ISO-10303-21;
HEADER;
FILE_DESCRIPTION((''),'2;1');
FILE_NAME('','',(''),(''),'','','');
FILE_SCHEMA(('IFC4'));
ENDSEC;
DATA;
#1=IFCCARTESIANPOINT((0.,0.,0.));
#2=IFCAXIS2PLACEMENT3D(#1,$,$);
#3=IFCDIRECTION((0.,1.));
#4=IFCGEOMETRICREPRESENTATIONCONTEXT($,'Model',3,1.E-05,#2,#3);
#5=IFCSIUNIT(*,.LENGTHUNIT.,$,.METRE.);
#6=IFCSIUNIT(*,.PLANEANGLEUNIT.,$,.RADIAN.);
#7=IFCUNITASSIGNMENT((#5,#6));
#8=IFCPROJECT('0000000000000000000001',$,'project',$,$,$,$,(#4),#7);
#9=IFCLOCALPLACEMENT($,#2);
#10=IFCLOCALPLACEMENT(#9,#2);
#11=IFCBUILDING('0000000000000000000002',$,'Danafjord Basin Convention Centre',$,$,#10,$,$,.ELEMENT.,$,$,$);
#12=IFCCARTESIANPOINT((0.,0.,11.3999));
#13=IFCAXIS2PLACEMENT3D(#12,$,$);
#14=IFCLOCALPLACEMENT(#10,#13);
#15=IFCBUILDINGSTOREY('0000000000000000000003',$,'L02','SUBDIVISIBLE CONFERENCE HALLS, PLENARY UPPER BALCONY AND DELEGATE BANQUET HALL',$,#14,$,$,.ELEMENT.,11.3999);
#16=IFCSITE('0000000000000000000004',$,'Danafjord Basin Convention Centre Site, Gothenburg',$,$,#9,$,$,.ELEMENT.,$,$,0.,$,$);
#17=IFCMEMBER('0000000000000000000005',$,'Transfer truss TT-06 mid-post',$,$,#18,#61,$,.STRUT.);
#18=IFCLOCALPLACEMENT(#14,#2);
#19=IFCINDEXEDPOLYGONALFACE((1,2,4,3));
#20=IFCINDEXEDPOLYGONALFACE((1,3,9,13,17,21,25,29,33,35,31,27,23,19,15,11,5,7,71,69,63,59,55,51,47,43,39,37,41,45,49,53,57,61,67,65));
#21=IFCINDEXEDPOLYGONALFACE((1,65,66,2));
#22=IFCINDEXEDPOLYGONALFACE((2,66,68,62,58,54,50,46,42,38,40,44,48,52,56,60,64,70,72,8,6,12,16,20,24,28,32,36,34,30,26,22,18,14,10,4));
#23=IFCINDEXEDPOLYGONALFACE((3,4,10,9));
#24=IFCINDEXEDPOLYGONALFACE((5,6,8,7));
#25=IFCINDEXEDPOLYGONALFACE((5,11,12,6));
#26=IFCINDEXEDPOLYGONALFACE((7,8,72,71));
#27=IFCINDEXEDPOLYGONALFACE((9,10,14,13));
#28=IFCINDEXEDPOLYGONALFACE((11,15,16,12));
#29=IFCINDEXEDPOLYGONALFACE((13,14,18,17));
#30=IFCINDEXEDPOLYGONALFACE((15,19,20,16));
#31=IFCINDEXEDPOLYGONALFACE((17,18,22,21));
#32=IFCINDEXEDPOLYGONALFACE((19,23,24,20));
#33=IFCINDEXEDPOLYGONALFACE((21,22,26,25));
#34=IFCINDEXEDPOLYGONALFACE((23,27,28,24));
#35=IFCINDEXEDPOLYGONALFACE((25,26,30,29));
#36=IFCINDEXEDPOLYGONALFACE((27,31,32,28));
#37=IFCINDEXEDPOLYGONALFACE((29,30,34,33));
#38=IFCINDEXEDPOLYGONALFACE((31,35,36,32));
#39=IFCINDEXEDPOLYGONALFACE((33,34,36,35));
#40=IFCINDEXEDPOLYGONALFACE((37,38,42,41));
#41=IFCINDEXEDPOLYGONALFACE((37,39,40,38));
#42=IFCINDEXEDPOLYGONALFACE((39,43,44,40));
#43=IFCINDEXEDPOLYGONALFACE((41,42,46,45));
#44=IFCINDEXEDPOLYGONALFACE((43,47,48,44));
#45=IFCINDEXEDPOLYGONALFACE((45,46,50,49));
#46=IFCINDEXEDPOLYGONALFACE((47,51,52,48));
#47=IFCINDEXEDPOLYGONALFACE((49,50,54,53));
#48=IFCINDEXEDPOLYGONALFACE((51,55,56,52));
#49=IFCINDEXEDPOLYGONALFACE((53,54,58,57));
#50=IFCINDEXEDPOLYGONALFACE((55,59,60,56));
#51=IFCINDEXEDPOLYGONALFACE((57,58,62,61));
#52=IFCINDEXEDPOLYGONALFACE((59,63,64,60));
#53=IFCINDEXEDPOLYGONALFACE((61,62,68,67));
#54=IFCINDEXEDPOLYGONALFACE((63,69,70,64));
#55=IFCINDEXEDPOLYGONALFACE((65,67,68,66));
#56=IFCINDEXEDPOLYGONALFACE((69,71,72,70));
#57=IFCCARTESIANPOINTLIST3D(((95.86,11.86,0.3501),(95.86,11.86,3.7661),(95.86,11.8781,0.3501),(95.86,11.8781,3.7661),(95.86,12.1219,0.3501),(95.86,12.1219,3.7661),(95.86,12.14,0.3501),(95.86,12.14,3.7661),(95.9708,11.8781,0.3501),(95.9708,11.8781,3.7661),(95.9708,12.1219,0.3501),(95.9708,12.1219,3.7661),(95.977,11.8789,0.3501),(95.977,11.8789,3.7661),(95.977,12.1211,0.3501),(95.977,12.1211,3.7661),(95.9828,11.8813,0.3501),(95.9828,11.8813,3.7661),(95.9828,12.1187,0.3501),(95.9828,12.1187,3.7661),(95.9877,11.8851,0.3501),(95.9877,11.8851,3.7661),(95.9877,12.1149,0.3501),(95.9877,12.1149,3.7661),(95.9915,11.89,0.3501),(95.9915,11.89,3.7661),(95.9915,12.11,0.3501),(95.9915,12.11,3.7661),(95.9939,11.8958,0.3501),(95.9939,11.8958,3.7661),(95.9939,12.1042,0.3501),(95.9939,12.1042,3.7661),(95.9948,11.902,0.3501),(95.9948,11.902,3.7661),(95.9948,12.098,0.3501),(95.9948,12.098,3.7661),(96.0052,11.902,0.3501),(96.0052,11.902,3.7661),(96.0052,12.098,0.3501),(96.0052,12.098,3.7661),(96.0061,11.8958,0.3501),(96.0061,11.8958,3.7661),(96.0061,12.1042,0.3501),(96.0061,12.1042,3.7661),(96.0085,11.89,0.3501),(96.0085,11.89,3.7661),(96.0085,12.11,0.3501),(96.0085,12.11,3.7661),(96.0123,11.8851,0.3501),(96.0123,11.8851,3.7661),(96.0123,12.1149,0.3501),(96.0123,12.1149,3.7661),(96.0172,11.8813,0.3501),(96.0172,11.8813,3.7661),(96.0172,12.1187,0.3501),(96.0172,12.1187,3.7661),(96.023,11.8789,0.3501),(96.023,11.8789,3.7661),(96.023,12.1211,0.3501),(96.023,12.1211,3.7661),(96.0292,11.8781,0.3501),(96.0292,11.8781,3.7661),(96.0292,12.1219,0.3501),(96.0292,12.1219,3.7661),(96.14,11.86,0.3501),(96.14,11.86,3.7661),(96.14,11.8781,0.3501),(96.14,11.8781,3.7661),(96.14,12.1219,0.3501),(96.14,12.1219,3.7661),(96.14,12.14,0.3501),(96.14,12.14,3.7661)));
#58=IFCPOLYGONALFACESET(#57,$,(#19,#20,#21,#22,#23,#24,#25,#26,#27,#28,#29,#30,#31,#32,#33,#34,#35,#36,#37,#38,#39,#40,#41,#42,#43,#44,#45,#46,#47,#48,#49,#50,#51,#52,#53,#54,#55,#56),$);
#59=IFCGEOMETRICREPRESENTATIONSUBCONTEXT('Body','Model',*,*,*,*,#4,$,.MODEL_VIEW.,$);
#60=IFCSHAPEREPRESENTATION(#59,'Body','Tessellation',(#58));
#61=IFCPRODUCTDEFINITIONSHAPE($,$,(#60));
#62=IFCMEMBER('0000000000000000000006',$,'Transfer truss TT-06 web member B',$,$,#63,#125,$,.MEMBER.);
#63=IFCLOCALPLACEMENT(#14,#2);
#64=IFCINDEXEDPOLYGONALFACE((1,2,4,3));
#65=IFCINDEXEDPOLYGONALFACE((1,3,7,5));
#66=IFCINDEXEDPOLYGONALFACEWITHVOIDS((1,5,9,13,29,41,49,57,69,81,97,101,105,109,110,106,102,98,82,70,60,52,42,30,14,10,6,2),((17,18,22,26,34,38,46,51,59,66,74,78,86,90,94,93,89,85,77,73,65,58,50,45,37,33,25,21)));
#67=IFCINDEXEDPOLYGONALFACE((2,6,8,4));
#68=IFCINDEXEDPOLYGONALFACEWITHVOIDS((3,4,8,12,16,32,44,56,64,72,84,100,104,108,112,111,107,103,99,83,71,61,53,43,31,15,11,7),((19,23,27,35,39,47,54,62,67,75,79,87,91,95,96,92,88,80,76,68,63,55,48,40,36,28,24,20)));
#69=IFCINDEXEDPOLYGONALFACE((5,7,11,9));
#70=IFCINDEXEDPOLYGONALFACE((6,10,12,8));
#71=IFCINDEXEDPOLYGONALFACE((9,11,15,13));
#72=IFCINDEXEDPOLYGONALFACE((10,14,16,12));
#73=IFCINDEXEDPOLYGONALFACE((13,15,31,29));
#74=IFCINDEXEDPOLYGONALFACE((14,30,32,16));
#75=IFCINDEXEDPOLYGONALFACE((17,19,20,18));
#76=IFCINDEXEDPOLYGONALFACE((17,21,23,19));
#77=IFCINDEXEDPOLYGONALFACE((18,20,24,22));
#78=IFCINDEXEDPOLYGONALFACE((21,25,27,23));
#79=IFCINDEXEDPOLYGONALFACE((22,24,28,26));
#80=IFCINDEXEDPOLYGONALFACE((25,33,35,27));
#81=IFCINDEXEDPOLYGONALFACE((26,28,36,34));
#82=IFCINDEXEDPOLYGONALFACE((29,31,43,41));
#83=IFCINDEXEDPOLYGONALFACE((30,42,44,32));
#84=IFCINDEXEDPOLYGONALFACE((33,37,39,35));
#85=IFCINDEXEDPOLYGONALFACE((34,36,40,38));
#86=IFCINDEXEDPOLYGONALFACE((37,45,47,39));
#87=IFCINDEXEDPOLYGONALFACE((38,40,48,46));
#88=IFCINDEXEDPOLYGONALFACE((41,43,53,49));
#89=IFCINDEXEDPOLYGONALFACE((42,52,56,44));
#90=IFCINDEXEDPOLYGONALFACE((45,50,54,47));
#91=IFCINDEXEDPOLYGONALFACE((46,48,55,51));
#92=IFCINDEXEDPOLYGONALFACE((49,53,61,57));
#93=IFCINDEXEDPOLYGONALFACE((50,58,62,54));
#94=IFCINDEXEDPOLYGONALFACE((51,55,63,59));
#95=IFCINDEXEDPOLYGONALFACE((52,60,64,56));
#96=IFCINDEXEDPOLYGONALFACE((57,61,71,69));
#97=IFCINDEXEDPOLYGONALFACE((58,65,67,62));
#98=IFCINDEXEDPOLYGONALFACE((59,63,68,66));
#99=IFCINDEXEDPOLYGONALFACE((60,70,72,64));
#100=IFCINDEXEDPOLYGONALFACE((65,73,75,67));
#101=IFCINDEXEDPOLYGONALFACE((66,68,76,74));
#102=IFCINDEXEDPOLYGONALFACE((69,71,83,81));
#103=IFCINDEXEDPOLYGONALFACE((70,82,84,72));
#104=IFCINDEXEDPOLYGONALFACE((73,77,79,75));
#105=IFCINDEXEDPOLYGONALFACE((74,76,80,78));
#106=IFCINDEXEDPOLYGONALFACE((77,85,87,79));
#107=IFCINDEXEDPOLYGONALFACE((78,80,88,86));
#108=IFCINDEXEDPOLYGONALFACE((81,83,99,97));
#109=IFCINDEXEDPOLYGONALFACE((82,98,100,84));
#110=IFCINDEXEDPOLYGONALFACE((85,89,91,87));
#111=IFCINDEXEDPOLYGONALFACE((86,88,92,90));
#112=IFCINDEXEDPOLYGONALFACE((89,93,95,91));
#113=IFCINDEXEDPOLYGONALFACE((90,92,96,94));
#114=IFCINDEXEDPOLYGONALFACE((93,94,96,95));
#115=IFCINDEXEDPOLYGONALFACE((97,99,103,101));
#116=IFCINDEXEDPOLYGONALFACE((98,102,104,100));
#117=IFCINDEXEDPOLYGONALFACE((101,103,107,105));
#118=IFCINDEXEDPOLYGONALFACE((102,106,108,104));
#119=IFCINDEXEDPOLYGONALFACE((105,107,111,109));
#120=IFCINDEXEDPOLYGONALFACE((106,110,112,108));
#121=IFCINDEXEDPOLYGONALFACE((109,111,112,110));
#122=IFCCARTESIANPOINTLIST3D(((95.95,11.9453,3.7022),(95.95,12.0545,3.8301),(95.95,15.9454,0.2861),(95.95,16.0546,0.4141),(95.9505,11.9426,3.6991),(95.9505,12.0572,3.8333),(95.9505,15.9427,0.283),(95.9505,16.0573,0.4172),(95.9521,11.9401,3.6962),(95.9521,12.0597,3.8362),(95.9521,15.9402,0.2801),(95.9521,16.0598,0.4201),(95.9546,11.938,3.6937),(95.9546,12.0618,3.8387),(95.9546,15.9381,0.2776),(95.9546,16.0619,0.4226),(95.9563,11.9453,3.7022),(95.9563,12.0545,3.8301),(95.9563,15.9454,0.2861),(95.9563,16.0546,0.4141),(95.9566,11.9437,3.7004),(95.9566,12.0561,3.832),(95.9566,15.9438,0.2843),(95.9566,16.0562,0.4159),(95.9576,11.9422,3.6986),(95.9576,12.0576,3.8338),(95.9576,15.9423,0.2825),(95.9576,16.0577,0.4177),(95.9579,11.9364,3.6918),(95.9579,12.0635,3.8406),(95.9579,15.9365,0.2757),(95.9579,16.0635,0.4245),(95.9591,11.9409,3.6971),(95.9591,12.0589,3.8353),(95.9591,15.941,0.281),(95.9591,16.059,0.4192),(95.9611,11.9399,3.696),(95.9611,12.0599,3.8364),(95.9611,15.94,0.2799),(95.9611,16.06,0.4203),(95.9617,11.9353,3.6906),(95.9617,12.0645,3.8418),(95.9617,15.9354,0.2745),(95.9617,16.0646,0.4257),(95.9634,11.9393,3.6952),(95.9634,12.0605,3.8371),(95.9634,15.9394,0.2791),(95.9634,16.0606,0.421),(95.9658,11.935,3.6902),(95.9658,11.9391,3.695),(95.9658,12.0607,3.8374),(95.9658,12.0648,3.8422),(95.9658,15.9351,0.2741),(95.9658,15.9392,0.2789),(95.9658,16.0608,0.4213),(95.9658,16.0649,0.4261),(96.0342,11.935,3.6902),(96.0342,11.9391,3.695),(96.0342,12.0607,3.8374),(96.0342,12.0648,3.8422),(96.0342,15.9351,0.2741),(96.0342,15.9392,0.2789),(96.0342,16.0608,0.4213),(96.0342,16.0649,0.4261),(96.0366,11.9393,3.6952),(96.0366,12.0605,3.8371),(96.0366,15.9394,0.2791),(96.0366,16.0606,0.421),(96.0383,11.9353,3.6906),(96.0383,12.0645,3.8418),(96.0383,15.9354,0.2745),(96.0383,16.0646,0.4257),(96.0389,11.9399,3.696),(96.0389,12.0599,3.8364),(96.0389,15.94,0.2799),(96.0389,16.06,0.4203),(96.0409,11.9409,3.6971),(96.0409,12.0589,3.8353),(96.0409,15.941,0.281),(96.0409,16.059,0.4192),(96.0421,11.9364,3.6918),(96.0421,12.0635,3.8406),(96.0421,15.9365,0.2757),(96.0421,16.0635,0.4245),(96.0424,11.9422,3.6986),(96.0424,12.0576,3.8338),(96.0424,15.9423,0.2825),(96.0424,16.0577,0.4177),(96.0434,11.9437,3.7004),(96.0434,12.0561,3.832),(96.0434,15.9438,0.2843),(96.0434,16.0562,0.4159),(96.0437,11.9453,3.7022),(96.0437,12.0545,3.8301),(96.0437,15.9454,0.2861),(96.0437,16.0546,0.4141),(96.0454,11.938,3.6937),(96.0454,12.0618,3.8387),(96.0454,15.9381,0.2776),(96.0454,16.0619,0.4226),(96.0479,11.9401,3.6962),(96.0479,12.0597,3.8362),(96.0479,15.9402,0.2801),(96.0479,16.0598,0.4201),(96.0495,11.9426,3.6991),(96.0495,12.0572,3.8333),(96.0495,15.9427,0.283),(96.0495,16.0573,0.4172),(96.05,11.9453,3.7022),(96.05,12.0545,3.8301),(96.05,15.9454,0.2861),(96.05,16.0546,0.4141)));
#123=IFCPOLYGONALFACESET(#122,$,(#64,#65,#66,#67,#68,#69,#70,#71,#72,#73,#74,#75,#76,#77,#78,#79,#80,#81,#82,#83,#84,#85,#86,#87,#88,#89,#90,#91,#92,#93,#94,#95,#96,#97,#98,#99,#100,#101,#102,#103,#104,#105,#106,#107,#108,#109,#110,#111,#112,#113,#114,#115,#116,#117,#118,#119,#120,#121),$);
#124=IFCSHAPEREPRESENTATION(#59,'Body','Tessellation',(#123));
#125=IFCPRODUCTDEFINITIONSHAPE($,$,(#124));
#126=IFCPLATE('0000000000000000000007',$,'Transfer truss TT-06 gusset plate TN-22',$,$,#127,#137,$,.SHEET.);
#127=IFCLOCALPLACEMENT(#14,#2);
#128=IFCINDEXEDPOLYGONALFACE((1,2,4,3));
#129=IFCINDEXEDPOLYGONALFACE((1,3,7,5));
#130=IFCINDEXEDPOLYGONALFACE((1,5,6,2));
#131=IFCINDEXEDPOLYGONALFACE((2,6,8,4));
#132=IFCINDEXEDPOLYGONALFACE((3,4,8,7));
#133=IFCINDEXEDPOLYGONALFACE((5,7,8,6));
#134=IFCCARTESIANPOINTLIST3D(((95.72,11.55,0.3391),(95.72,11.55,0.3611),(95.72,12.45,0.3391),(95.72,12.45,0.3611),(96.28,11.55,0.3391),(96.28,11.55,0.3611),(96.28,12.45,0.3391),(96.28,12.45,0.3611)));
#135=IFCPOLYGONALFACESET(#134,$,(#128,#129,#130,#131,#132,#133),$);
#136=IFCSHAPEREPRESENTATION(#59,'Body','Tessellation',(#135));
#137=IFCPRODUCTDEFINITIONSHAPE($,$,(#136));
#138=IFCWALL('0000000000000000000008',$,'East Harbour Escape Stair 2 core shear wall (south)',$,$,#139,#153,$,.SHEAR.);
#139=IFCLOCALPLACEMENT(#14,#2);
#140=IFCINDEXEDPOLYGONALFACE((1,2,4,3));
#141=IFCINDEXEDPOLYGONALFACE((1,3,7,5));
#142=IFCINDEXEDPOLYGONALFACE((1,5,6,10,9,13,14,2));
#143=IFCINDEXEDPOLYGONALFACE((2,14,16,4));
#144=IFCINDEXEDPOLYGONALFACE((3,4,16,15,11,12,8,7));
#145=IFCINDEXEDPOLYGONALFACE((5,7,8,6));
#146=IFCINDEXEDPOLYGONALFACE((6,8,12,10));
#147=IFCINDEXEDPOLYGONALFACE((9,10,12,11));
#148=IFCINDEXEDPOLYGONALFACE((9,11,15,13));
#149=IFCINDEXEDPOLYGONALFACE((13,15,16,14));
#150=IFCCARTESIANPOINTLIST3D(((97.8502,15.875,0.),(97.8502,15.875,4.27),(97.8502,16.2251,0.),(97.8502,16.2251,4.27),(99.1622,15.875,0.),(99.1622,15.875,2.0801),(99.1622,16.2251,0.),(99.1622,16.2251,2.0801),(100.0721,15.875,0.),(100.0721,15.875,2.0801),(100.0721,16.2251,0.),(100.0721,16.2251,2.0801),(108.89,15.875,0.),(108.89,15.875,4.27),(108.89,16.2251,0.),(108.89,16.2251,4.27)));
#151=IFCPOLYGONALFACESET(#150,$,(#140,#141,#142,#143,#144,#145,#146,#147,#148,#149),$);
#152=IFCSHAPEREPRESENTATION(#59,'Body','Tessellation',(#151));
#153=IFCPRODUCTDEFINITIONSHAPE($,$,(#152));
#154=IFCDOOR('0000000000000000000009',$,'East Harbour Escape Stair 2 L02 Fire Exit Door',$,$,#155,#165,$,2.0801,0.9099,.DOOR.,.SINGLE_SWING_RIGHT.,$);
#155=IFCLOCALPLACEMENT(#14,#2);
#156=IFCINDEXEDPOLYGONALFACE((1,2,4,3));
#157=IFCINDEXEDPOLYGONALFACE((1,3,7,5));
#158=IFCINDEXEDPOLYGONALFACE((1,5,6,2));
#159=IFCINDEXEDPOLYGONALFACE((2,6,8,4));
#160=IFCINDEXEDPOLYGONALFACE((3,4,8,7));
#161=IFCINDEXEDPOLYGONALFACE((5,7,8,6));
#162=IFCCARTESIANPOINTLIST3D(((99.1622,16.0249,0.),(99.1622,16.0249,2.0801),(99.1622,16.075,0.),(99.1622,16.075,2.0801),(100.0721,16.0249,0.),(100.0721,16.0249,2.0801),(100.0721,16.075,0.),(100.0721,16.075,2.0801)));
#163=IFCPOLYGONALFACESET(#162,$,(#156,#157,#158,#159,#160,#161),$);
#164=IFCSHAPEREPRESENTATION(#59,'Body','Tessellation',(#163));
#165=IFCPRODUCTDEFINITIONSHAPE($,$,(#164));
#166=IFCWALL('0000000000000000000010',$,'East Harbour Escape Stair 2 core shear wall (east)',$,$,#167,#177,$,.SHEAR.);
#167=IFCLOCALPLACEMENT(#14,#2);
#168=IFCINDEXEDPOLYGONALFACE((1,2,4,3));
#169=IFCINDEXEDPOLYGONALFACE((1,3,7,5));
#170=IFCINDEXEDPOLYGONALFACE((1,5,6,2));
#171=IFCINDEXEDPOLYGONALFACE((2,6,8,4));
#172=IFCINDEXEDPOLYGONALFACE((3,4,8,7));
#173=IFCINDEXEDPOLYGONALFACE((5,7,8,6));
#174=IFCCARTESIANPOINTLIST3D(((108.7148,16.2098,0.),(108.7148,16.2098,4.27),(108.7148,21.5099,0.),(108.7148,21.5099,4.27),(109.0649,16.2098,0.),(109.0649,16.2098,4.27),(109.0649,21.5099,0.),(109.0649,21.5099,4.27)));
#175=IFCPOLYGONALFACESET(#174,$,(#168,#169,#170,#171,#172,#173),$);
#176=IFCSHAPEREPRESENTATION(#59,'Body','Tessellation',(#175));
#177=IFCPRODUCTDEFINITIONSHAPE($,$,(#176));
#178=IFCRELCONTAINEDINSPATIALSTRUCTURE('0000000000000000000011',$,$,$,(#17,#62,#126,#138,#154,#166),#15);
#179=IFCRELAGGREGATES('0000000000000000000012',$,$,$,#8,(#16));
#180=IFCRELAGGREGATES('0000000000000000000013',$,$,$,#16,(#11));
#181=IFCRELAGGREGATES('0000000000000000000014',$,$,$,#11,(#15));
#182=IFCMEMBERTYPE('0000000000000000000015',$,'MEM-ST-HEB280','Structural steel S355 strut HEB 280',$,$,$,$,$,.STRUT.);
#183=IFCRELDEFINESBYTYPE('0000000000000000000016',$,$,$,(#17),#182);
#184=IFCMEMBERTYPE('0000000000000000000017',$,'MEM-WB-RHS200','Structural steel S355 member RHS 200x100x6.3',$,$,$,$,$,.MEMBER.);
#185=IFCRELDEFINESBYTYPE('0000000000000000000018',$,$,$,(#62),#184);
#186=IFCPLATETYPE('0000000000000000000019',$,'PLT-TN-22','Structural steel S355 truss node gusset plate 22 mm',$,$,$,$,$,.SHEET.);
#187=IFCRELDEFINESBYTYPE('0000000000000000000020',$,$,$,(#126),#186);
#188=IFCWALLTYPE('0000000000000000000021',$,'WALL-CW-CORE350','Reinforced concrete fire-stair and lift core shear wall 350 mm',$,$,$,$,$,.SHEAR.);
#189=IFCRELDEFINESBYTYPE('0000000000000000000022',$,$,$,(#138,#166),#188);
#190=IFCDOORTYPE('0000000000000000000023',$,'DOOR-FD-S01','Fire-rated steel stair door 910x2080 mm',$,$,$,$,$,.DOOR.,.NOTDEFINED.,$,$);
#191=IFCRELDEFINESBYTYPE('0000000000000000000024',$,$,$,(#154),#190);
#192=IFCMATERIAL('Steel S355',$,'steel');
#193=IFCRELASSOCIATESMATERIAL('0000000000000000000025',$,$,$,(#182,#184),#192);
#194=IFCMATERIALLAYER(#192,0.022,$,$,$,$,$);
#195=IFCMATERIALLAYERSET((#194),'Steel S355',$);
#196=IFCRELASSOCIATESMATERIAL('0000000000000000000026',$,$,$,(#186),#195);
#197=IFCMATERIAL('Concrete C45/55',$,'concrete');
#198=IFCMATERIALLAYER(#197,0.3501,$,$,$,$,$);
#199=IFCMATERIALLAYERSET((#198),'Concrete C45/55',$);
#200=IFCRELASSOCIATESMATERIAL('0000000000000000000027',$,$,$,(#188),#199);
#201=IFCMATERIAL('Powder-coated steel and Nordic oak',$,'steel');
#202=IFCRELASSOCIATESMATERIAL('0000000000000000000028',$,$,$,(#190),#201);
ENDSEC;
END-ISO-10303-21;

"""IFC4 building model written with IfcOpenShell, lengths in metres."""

from ifc_helpers import new_model, si_unit, direction, frame, frame_2d, origin, origin_2d, place, context, subcontext, project, spatial, rectangle, hollow_rectangle, i_section, extrude, material, layer, layer_set, material_profile, profile_set, type_object, element, fill, save


model = new_model("IFC4")

# Units and contexts
model_context = context("Model", 3, precision=1e-05, world=origin(), true_north=direction((0.0, 1.0)))
body_context = subcontext(model_context, "Body", "Model", "MODEL_VIEW")
ifc_project = project(units=[si_unit("LENGTHUNIT", "METRE"), si_unit("PLANEANGLEUNIT", "RADIAN")], contexts=[model_context])

# Site, building, storey
site_placement = place(None, origin())
site = spatial("IfcSite", under=ifc_project, at=site_placement, Name="Danafjord Basin Convention Centre Site, Gothenburg", CompositionType="ELEMENT", RefElevation=0.0)
building_placement = place(site_placement, origin())
building = spatial("IfcBuilding", under=site, at=building_placement, Name="Danafjord Basin Convention Centre", CompositionType="ELEMENT")
storey_placement = place(building_placement, frame((0.0, 0.0, 11.3999)))
storey = spatial("IfcBuildingStorey", under=building, at=storey_placement, Name="L02", Description="SUBDIVISIBLE CONFERENCE HALLS, PLENARY UPPER BALCONY AND DELEGATE BANQUET HALL", CompositionType="ELEMENT", Elevation=11.3999)

# Shared definitions
ifc_material_1 = material(Name="Steel S355", Category="steel")

# Members
ifc_material_profile_1 = material_profile(ifc_material_1, i_section(OverallWidth=0.28, OverallDepth=0.28, WebThickness=0.0105, FlangeThickness=0.0181, FilletRadius=0.0239, at=origin_2d()), Name="HEB 280")
ifc_profile_set_1 = profile_set([ifc_material_profile_1], Name="Steel S355")
member_type_1 = type_object("IfcMemberType", Name="MEM-ST-HEB280", Description="Structural steel S355 strut HEB 280", PredefinedType="STRUT", material=ifc_profile_set_1)
member_1_placement = place(storey_placement, frame((96.0, 12.0, 0.3501), z_axis=(0.0, 0.0, 1.0), x_axis=(1.0, 0.0, 0.0)))
element("IfcMember", 1, at=member_1_placement, inside=storey, type_object=member_type_1, Name="Transfer truss TT-06 mid-post", PredefinedType="STRUT", context=body_context, shape_type="SweptSolid", body=[
    extrude(i_section(OverallWidth=0.28, OverallDepth=0.28, WebThickness=0.0105, FlangeThickness=0.0181, FilletRadius=0.0239, at=origin_2d()), origin(), (0.0, 0.0, 1.0), 3.416),
])
ifc_material_profile_2 = material_profile(ifc_material_1, hollow_rectangle(XDim=0.1001, YDim=0.2, WallThickness=0.0063, InnerFilletRadius=0.0095, OuterFilletRadius=0.0159, at=origin_2d()), Name="RHS 200x100x6.3")
ifc_profile_set_2 = profile_set([ifc_material_profile_2], Name="Steel S355")
member_type_2 = type_object("IfcMemberType", Name="MEM-WB-RHS200", Description="Structural steel S355 member RHS 200x100x6.3", PredefinedType="MEMBER", material=ifc_profile_set_2)
member_2_placement = place(storey_placement, frame((96.0, 16.0, 0.3501), z_axis=(0.0, -0.760435, 0.649414), x_axis=(1.0, 0.0, 0.0)))
element("IfcMember", 2, at=member_2_placement, inside=storey, type_object=member_type_2, Name="Transfer truss TT-06 web member B", PredefinedType="MEMBER", context=body_context, shape_type="SweptSolid", body=[
    extrude(hollow_rectangle(XDim=0.1001, YDim=0.2, WallThickness=0.0063, InnerFilletRadius=0.0095, OuterFilletRadius=0.0159, at=origin_2d()), origin(), (0.0, 0.0, 1.0), 5.2603),
])

# Plate
ifc_layer_1 = layer(ifc_material_1, 0.022)
ifc_layer_set_1 = layer_set([ifc_layer_1], Name="Steel S355")
plate_type = type_object("IfcPlateType", Name="PLT-TN-22", Description="Structural steel S355 truss node gusset plate 22 mm", PredefinedType="SHEET", material=ifc_layer_set_1)
plate_placement = place(storey_placement, frame((96.0, 12.0, 0.3391), z_axis=(0.0, 0.0, 1.0), x_axis=(1.0, 0.0, 0.0)))
element("IfcPlate", 3, at=plate_placement, inside=storey, type_object=plate_type, Name="Transfer truss TT-06 gusset plate TN-22", PredefinedType="SHEET", context=body_context, shape_type="SweptSolid", body=[
    extrude(rectangle(XDim=0.5601, YDim=0.8999, at=origin_2d()), origin(), (0.0, 0.0, 1.0), 0.022),
])

# Wall, opening, door
ifc_material_2 = material(Name="Concrete C45/55", Category="concrete")
ifc_layer_2 = layer(ifc_material_2, 0.3501)
ifc_layer_set_2 = layer_set([ifc_layer_2], Name="Concrete C45/55")
wall_type = type_object("IfcWallType", Name="WALL-CW-CORE350", Description="Reinforced concrete fire-stair and lift core shear wall 350 mm", PredefinedType="SHEAR", material=ifc_layer_set_2)
wall_1_placement = place(storey_placement, frame((97.8501, 16.05, 0.0), z_axis=(0.0, 0.0, 1.0), x_axis=(1.0, 0.0, 0.0)))
wall_1 = element("IfcWall", 4, at=wall_1_placement, inside=storey, type_object=wall_type, Name="East Harbour Escape Stair 2 core shear wall (south)", PredefinedType="SHEAR", context=body_context, shape_type="SweptSolid", body=[
    extrude(rectangle(XDim=11.0398, YDim=0.3501, at=frame_2d((5.52, 0.0))), origin(), (0.0, 0.0, 1.0), 4.27),
])
opening_placement = place(wall_1_placement, frame((1.312, 0.0, 0.0)))
opening = element("IfcOpeningElement", 5, at=opening_placement, cuts=wall_1, PredefinedType="OPENING", context=body_context, shape_type="SweptSolid", body=[
    extrude(rectangle(XDim=0.9099, YDim=2.0801, at=frame_2d((0.4551, 1.04))), frame((0.0, 0.1851, 0.0), z_axis=(0.0, -1.0, 0.0), x_axis=(1.0, 0.0, 0.0)), (0.0, 0.0, 1.0), 0.3701),
])
ifc_material_3 = material(Name="Powder-coated steel and Nordic oak", Category="steel")
door_type = type_object("IfcDoorType", Name="DOOR-FD-S01", Description="Fire-rated steel stair door 910x2080 mm", OperationType="NOTDEFINED", PredefinedType="DOOR", material=ifc_material_3)
door_placement = place(opening_placement, origin())
door = element("IfcDoor", 6, at=door_placement, inside=storey, type_object=door_type, Name="East Harbour Escape Stair 2 L02 Fire Exit Door", OperationType="SINGLE_SWING_RIGHT", OverallHeight=2.0801, OverallWidth=0.9099, PredefinedType="DOOR", context=body_context, shape_type="SweptSolid", body=[
    extrude(rectangle(XDim=0.9099, YDim=2.0801, at=frame_2d((0.4551, 1.04))), frame((0.0, 0.0249, 0.0), z_axis=(0.0, -1.0, 0.0), x_axis=(1.0, 0.0, 0.0)), (0.0, 0.0, 1.0), 0.05),
])
fill(opening, door)

# Wall
wall_2_placement = place(storey_placement, frame((108.8899, 16.21, 0.0), z_axis=(0.0, 0.0, 1.0), x_axis=(0.0, 1.0, 0.0)))
element("IfcWall", 7, at=wall_2_placement, inside=storey, type_object=wall_type, Name="East Harbour Escape Stair 2 core shear wall (east)", PredefinedType="SHEAR", context=body_context, shape_type="SweptSolid", body=[
    extrude(rectangle(XDim=5.3, YDim=0.3501, at=frame_2d((2.6499, 0.0))), origin(), (0.0, 0.0, 1.0), 4.27),
])

save(model, "model.ifc")
